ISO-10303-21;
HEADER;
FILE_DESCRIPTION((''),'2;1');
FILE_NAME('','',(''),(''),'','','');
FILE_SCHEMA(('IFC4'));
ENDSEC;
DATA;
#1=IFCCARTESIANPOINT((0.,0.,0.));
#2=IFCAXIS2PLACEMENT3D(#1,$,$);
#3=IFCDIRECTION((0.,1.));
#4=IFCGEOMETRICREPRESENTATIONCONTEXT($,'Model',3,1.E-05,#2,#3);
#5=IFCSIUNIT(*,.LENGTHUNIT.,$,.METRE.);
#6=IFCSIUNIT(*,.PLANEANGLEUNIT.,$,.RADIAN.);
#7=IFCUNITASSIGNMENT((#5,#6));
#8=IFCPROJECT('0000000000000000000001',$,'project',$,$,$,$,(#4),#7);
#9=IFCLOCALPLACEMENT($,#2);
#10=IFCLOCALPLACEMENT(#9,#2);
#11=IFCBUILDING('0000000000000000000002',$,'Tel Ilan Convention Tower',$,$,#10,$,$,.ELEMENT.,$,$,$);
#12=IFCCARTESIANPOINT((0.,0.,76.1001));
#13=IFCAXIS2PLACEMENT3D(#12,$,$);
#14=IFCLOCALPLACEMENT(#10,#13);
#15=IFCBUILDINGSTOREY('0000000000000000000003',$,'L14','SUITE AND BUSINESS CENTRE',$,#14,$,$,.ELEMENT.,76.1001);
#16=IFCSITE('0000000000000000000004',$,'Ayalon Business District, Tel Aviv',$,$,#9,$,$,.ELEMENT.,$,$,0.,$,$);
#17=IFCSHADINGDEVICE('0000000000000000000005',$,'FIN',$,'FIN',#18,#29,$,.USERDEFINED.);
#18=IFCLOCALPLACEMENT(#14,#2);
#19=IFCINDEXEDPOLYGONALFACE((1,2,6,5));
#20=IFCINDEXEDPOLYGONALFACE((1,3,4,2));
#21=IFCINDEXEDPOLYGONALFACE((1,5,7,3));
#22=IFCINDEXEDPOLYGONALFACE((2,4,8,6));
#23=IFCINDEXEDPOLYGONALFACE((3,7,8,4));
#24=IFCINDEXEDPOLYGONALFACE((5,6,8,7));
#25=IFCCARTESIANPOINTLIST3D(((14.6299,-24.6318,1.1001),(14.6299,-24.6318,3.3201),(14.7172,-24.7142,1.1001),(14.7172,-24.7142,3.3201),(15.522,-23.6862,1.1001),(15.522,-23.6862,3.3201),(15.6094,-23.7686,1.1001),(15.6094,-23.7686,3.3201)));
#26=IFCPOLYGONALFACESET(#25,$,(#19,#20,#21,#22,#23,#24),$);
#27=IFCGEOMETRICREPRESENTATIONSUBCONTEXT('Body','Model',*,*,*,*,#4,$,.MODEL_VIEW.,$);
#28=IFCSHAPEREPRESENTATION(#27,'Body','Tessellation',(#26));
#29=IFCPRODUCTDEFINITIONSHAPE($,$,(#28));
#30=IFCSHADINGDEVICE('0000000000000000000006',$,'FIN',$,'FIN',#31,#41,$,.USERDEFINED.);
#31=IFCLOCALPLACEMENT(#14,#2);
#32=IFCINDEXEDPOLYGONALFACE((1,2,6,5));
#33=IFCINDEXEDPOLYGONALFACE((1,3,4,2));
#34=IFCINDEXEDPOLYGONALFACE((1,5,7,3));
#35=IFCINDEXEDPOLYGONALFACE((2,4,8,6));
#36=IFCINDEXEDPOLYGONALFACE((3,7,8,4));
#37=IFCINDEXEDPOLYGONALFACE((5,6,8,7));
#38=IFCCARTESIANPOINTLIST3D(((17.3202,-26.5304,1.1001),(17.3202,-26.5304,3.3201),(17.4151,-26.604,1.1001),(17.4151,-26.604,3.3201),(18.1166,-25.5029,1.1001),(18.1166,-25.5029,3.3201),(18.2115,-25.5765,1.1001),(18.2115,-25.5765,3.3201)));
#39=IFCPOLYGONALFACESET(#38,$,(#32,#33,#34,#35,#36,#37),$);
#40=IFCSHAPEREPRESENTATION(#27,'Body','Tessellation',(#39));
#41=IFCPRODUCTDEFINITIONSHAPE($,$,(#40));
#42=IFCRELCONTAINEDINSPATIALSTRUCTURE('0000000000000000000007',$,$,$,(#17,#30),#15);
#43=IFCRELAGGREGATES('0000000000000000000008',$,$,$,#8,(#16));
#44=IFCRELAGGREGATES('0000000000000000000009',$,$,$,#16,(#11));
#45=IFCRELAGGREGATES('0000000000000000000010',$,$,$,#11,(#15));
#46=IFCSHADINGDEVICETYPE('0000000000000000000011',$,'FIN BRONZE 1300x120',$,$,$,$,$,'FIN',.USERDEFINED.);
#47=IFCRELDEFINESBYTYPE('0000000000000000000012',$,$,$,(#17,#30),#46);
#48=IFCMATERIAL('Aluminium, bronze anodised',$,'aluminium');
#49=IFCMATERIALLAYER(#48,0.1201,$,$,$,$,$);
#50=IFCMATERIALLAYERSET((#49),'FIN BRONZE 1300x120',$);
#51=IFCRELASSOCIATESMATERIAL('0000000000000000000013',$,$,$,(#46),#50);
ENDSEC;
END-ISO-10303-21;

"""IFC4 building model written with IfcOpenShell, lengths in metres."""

from ifc_helpers import new_model, si_unit, direction, frame, origin, origin_2d, place, context, subcontext, project, spatial, rectangle, extrude, material, layer, layer_set, type_object, element, save


model = new_model("IFC4")

# Units and contexts
model_context = context("Model", 3, precision=1e-05, world=origin(), true_north=direction((0.0, 1.0)))
body_context = subcontext(model_context, "Body", "Model", "MODEL_VIEW")
ifc_project = project(units=[si_unit("LENGTHUNIT", "METRE"), si_unit("PLANEANGLEUNIT", "RADIAN")], contexts=[model_context])

# Site, building, storey
site_placement = place(None, origin())
site = spatial("IfcSite", under=ifc_project, at=site_placement, Name="Ayalon Business District, Tel Aviv", CompositionType="ELEMENT", RefElevation=0.0)
building_placement = place(site_placement, origin())
building = spatial("IfcBuilding", under=site, at=building_placement, Name="Tel Ilan Convention Tower", CompositionType="ELEMENT")
storey_placement = place(building_placement, frame((0.0, 0.0, 76.1001)))
storey = spatial("IfcBuildingStorey", under=building, at=storey_placement, Name="L14", Description="SUITE AND BUSINESS CENTRE", CompositionType="ELEMENT", Elevation=76.1001)

# Shading devices
ifc_material_1 = material(Name="Aluminium, bronze anodised", Category="aluminium")
ifc_layer_1 = layer(ifc_material_1, 0.1201)
ifc_layer_set_1 = layer_set([ifc_layer_1], Name="FIN BRONZE 1300x120")
shading_device_type = type_object("IfcShadingDeviceType", Name="FIN BRONZE 1300x120", ElementType="FIN", PredefinedType="USERDEFINED", material=ifc_layer_set_1)
for number, where, z_axis, x_axis, name in (
    (1, (15.1196, -24.2002, 1.1001), (0.0, 0.0, 1.0), (-0.686242, -0.727374, 0.0), "FIN"),
    (2, (17.7659, -26.0535, 1.1001), (0.0, 0.0, 1.0), (-0.612601, -0.790393, 0.0), "FIN"),
):
    element("IfcShadingDevice", number, at=place(storey_placement, frame(where, z_axis=z_axis, x_axis=x_axis)), inside=storey, type_object=shading_device_type, Name=name, ObjectType="FIN", PredefinedType="USERDEFINED", context=body_context, shape_type="SweptSolid", body=[
        extrude(rectangle(XDim=1.3, YDim=0.1201, at=origin_2d()), origin(), (0.0, 0.0, 1.0), 2.22),
    ])

save(model, "model.ifc")
